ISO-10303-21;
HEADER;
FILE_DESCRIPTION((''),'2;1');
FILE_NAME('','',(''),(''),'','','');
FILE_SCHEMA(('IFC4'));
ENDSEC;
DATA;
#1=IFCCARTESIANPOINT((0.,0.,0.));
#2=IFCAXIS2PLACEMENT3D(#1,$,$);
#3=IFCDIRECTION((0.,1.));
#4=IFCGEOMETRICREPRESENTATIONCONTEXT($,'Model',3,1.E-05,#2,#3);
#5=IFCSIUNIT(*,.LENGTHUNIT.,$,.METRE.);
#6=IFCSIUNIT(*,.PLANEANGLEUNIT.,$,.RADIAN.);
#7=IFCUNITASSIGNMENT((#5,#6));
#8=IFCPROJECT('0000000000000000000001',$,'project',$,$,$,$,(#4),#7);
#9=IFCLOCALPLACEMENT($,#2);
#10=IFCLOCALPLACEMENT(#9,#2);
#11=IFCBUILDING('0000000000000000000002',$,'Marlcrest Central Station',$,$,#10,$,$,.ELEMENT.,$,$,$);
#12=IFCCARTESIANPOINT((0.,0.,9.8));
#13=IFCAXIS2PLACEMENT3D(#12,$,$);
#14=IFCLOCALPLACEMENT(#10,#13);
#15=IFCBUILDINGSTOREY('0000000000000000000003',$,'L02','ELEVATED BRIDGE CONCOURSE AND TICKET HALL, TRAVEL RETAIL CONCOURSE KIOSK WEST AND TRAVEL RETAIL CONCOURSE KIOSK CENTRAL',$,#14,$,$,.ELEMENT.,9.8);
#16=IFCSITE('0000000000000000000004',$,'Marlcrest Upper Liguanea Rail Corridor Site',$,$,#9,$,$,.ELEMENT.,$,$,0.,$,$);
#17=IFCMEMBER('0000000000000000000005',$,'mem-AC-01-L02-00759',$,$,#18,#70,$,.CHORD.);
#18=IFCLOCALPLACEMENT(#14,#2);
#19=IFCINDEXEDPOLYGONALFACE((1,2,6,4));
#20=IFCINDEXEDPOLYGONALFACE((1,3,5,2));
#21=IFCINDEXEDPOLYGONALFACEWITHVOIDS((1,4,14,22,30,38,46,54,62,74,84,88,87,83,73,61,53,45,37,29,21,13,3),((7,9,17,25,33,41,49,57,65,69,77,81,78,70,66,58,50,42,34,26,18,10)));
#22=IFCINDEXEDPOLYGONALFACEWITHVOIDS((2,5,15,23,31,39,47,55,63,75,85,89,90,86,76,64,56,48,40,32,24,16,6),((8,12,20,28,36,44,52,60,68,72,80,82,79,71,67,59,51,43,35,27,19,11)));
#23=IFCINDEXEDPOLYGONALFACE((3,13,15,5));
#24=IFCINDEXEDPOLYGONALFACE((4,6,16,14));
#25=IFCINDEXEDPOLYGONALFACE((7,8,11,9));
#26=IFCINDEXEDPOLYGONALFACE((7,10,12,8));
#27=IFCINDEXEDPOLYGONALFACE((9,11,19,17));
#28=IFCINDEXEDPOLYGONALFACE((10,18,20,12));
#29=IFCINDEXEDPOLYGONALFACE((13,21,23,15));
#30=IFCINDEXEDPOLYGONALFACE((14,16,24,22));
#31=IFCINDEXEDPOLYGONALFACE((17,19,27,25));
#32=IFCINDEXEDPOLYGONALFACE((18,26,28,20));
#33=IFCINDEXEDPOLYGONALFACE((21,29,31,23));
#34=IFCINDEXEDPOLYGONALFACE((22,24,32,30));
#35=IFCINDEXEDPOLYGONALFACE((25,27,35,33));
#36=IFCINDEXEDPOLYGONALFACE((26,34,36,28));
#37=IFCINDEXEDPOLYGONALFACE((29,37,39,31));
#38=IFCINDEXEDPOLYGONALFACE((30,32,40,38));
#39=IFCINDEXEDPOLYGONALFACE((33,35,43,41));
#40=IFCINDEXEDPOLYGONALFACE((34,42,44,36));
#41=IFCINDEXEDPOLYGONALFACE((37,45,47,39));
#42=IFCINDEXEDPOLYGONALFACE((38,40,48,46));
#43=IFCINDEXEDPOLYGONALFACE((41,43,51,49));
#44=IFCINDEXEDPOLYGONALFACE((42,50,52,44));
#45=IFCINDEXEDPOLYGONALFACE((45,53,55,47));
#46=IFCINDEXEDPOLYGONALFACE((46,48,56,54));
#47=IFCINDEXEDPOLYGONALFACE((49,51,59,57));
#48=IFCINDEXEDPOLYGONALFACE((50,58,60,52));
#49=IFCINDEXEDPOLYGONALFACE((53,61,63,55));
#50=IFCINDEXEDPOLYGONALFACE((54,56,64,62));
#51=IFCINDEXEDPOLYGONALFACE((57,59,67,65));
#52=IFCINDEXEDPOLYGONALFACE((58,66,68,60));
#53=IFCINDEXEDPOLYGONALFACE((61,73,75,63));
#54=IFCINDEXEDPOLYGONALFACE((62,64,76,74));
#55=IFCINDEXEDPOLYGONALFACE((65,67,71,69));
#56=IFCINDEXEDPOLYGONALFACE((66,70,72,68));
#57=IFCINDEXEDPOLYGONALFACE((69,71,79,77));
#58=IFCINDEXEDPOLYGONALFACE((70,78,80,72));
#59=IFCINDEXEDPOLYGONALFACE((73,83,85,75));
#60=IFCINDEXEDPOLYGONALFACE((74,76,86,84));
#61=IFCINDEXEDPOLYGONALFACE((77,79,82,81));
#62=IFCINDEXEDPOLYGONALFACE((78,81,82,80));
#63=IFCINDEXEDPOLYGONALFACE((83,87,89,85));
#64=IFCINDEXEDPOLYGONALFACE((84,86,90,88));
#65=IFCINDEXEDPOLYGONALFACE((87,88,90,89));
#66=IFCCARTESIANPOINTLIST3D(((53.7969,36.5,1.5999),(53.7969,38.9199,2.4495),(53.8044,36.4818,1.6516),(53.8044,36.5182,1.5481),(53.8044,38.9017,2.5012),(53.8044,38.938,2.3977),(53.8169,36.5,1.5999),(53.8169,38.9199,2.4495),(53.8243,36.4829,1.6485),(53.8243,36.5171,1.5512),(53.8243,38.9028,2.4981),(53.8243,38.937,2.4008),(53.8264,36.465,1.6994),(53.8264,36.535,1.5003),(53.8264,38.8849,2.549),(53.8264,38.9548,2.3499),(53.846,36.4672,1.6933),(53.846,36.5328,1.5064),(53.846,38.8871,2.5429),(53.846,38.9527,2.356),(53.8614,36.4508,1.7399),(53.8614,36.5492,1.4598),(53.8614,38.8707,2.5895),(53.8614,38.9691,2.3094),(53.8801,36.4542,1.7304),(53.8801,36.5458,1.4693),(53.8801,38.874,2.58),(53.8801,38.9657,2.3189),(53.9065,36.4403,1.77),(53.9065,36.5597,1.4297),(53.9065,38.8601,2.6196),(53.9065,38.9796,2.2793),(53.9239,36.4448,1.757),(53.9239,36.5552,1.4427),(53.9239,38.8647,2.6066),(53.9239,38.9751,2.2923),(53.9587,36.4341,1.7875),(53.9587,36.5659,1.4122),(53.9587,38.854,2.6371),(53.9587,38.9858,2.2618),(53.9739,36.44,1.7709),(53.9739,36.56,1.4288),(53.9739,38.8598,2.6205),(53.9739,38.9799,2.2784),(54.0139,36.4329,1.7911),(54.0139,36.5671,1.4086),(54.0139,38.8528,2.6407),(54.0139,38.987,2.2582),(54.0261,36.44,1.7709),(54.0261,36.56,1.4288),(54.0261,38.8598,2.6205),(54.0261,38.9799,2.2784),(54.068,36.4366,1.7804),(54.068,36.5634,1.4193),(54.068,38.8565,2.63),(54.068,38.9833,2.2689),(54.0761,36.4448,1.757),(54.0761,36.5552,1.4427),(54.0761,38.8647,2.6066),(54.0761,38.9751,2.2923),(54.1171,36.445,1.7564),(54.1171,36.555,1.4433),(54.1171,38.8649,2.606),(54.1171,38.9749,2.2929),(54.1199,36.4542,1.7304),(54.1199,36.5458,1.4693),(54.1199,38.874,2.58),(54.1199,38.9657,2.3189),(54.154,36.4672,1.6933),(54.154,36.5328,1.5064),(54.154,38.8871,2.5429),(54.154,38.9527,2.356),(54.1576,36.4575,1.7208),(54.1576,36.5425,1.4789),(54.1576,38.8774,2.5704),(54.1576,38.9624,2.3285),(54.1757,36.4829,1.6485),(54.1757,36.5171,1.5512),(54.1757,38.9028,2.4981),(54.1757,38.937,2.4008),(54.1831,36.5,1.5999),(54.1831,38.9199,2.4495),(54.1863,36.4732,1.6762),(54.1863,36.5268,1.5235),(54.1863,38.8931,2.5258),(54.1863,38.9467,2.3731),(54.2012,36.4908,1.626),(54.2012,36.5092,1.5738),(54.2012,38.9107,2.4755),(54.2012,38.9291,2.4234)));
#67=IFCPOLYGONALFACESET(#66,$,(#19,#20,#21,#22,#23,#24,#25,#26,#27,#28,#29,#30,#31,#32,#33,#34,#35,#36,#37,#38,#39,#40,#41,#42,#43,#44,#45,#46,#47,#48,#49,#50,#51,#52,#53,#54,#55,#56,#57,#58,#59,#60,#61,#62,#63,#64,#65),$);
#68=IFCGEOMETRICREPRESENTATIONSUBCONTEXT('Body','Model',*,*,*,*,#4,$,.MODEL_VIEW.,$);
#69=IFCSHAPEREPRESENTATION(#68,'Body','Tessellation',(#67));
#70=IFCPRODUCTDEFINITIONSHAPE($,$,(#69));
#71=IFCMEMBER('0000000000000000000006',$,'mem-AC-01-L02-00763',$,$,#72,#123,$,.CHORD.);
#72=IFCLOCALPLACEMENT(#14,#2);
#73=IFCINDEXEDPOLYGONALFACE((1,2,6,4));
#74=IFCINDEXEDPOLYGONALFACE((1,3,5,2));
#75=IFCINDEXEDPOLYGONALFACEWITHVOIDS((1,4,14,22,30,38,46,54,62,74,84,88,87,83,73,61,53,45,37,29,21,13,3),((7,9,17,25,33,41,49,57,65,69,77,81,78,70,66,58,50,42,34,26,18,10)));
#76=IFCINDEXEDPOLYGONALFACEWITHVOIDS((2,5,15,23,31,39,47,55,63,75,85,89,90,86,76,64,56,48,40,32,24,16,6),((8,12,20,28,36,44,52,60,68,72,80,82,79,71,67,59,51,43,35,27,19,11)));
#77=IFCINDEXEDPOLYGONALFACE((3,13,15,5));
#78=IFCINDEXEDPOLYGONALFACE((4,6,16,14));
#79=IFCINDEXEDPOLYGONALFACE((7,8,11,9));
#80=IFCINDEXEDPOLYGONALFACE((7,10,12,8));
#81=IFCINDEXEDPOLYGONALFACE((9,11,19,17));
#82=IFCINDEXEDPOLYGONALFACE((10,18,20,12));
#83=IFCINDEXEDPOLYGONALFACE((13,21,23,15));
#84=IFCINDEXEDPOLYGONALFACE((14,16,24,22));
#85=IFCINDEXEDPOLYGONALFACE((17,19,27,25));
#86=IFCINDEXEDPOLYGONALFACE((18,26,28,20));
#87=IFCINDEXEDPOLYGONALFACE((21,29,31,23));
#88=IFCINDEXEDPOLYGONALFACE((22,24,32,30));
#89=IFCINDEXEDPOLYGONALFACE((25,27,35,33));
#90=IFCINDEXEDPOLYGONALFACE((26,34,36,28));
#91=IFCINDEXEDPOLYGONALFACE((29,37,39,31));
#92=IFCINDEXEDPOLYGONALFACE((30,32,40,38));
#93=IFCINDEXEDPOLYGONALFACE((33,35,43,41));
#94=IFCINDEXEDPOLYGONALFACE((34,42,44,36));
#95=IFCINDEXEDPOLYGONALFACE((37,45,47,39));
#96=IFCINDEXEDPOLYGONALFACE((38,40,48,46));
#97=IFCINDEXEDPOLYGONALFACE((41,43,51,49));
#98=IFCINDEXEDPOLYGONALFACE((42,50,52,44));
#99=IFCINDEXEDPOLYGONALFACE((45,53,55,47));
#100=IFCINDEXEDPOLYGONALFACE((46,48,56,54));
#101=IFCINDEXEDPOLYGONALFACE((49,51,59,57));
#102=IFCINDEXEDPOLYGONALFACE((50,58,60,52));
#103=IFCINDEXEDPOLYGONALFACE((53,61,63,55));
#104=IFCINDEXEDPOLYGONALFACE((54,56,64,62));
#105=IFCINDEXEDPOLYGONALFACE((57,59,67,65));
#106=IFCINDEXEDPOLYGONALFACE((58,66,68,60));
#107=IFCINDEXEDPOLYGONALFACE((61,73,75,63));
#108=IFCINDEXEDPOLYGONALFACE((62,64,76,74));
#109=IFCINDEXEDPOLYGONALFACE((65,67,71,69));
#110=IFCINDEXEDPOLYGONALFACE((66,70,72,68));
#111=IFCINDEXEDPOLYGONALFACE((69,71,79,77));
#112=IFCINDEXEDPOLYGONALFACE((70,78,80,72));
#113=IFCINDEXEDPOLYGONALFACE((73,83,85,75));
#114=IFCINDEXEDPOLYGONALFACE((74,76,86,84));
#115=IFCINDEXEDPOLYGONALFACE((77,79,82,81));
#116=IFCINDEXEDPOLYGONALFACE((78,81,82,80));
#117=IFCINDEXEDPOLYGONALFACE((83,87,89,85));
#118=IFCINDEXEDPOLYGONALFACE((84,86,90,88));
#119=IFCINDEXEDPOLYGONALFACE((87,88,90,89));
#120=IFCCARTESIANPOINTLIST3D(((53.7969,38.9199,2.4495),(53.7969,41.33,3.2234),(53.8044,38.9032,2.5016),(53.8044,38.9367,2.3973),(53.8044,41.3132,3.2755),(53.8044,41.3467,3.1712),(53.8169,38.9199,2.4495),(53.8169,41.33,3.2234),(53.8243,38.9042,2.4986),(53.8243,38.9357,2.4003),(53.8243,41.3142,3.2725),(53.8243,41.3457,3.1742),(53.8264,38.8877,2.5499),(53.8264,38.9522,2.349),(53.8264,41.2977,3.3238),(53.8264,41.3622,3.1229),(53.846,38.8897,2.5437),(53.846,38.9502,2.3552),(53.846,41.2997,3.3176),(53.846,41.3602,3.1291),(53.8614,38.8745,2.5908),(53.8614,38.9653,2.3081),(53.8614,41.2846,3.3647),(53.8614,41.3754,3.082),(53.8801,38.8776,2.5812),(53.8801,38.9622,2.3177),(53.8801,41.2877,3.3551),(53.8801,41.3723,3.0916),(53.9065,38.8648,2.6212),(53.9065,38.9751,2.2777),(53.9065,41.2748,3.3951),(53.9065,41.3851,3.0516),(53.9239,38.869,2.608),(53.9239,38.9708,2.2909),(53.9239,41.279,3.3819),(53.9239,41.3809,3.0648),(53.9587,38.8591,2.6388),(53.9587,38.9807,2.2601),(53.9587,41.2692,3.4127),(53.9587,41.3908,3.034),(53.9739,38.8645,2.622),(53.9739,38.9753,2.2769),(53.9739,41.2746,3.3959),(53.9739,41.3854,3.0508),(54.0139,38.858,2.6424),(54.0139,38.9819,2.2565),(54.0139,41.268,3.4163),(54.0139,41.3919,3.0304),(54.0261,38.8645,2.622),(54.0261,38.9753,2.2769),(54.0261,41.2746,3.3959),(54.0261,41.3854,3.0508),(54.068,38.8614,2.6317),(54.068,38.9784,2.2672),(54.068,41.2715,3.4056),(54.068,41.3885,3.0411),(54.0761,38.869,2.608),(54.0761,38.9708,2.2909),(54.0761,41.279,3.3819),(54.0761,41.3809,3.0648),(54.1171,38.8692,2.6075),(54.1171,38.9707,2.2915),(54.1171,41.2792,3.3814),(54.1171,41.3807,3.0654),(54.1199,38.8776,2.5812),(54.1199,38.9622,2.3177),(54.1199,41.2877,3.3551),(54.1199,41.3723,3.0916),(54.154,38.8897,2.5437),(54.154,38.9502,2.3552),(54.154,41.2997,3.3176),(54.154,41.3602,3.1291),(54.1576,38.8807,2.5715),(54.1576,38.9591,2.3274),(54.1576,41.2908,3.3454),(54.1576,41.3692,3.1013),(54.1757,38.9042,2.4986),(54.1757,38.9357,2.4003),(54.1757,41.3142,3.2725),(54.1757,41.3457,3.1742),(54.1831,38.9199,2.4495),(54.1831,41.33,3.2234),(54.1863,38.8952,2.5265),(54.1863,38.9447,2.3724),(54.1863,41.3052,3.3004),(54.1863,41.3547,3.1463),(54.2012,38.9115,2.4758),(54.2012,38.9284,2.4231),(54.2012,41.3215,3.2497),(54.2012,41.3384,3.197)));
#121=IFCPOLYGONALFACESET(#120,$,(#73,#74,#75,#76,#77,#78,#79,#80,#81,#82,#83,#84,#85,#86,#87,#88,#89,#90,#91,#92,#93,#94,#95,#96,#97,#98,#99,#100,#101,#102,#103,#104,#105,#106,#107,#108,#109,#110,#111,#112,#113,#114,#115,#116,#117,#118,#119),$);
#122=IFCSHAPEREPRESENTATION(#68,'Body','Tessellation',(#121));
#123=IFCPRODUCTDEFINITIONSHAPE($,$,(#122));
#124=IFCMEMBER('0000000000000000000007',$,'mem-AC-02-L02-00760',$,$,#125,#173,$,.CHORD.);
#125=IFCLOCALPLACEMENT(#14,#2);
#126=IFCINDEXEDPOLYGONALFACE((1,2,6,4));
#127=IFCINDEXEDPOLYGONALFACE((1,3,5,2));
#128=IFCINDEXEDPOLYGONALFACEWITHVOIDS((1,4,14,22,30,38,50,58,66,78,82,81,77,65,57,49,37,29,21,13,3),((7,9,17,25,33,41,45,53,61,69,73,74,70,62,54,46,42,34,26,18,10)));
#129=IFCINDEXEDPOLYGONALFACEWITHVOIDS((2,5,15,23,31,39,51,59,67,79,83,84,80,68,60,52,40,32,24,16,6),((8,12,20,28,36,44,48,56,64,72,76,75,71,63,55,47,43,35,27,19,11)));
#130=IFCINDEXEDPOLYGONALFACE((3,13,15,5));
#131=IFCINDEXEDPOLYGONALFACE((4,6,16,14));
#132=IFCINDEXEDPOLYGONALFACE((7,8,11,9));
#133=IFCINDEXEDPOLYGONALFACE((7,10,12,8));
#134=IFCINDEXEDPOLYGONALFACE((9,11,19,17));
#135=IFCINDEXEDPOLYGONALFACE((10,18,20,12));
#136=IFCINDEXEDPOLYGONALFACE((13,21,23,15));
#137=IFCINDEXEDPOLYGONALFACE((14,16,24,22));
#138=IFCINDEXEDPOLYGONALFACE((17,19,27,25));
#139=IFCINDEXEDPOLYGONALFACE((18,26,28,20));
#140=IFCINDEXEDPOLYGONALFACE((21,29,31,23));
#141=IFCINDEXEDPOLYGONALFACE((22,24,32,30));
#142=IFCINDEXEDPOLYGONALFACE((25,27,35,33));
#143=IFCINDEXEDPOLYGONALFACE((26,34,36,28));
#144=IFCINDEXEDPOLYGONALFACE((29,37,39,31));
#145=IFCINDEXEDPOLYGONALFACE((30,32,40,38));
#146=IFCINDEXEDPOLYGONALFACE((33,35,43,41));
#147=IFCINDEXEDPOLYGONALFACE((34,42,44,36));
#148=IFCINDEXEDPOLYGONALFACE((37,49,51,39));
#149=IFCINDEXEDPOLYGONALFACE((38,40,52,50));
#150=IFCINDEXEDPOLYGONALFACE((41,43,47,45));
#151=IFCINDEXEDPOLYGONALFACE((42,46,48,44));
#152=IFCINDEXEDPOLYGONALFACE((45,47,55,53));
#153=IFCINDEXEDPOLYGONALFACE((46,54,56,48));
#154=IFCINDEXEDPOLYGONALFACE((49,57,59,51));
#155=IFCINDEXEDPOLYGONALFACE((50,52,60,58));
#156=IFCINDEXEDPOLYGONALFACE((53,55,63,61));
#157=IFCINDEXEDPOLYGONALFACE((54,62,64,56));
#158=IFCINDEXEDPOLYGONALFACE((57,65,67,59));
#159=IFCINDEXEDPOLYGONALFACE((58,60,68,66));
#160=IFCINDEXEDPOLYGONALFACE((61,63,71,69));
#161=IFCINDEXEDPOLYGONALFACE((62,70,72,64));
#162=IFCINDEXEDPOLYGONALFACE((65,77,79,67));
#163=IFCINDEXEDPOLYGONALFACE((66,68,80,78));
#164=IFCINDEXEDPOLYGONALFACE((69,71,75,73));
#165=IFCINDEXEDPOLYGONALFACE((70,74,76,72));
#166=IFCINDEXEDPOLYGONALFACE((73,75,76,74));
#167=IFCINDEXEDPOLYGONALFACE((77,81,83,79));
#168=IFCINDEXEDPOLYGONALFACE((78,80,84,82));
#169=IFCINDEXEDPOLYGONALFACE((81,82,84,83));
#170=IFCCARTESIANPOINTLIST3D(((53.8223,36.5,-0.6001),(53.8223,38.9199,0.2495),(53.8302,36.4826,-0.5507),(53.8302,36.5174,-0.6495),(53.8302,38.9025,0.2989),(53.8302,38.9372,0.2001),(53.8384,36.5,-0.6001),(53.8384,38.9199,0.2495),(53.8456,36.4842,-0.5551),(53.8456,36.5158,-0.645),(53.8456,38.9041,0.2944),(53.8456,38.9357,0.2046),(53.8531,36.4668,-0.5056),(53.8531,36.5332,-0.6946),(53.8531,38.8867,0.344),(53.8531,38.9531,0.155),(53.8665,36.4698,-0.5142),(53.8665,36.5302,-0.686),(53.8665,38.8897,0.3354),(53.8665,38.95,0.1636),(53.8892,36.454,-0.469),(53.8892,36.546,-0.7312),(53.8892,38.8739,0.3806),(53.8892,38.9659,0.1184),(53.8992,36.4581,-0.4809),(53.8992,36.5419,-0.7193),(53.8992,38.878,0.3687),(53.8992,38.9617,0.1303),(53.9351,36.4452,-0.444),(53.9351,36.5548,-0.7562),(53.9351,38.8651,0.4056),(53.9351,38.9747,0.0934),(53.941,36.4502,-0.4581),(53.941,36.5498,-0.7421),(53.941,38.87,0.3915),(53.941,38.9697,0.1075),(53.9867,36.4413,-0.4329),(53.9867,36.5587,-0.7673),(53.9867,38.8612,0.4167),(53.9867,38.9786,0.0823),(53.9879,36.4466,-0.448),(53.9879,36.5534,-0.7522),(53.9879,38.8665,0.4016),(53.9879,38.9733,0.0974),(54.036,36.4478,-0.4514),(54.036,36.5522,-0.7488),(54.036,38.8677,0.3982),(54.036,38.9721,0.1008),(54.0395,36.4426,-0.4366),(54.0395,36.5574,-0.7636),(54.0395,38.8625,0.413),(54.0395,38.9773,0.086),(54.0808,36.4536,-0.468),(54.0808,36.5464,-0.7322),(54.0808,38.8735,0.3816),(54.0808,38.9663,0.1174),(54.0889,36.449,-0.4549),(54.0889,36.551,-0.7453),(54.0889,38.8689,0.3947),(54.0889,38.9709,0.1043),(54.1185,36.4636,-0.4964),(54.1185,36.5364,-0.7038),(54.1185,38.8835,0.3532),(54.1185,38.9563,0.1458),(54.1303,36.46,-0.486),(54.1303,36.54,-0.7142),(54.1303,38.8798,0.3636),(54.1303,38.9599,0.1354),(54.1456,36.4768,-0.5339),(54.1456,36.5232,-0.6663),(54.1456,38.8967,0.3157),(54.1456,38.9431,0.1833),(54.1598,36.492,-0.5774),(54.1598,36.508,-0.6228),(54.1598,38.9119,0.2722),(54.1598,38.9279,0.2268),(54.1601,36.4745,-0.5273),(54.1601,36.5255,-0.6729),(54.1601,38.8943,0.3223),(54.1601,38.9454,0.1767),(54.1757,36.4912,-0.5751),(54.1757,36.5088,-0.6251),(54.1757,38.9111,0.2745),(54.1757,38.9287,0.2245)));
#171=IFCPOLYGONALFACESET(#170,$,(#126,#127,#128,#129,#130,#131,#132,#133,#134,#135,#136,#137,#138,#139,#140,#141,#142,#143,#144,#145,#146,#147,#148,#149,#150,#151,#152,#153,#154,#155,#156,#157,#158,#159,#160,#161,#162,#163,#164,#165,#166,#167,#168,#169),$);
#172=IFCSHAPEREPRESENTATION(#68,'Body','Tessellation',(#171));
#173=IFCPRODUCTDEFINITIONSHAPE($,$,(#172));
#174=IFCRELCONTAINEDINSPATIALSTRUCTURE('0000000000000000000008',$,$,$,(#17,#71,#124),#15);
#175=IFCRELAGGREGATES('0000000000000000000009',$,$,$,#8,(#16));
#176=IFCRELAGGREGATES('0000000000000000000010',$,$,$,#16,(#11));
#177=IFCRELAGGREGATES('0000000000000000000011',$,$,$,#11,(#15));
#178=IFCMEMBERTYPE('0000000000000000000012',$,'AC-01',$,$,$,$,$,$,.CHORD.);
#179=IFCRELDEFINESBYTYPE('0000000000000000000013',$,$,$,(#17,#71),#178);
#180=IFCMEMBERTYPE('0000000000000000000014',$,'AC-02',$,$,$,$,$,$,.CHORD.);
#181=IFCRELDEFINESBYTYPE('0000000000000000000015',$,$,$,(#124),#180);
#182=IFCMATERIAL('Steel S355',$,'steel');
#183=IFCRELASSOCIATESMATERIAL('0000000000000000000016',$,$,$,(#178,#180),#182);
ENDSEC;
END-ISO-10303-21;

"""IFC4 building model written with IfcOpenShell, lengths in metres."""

from ifc_helpers import new_model, si_unit, direction, frame, origin, origin_2d, place, context, subcontext, project, spatial, hollow_circle, extrude, material, material_profile, profile_set, type_object, element, save


model = new_model("IFC4")

# Units and contexts
model_context = context("Model", 3, precision=1e-05, world=origin(), true_north=direction((0.0, 1.0)))
body_context = subcontext(model_context, "Body", "Model", "MODEL_VIEW")
ifc_project = project(units=[si_unit("LENGTHUNIT", "METRE"), si_unit("PLANEANGLEUNIT", "RADIAN")], contexts=[model_context])

# Site, building, storey
site_placement = place(None, origin())
site = spatial("IfcSite", under=ifc_project, at=site_placement, Name="Marlcrest Upper Liguanea Rail Corridor Site", CompositionType="ELEMENT", RefElevation=0.0)
building_placement = place(site_placement, origin())
building = spatial("IfcBuilding", under=site, at=building_placement, Name="Marlcrest Central Station", CompositionType="ELEMENT")
storey_placement = place(building_placement, frame((0.0, 0.0, 9.8)))
storey = spatial("IfcBuildingStorey", under=building, at=storey_placement, Name="L02", Description="ELEVATED BRIDGE CONCOURSE AND TICKET HALL, TRAVEL RETAIL CONCOURSE KIOSK WEST AND TRAVEL RETAIL CONCOURSE KIOSK CENTRAL", CompositionType="ELEMENT", Elevation=9.8)

# Members
ifc_material_1 = material(Name="Steel S355", Category="steel")
ifc_material_profile_1 = material_profile(ifc_material_1, hollow_circle(Radius=0.2031, WallThickness=0.02, at=origin_2d()), Name="CHS 406.4x20")
ifc_profile_set_1 = profile_set([ifc_material_profile_1], Name="Steel S355")
member_type_1 = type_object("IfcMemberType", Name="AC-01", PredefinedType="CHORD", material=ifc_profile_set_1)
member_1_placement = place(storey_placement, frame((54.0, 36.5, 1.5999), z_axis=(0.0, 0.943537, 0.331266), x_axis=(-1.0, 0.0, 0.0)))
element("IfcMember", 1, at=member_1_placement, inside=storey, type_object=member_type_1, Name="mem-AC-01-L02-00759", PredefinedType="CHORD", context=body_context, shape_type="SweptSolid", body=[
    extrude(hollow_circle(Radius=0.2031, WallThickness=0.02, at=origin_2d()), origin(), (0.0, 0.0, 1.0), 2.5647),
])
member_2_placement = place(storey_placement, frame((54.0, 38.9199, 2.4495), z_axis=(0.0, 0.952117, 0.305734), x_axis=(-1.0, 0.0, 0.0)))
element("IfcMember", 2, at=member_2_placement, inside=storey, type_object=member_type_1, Name="mem-AC-01-L02-00763", PredefinedType="CHORD", context=body_context, shape_type="SweptSolid", body=[
    extrude(hollow_circle(Radius=0.2031, WallThickness=0.02, at=origin_2d()), origin(), (0.0, 0.0, 1.0), 2.5312),
])
ifc_material_profile_2 = material_profile(ifc_material_1, hollow_circle(Radius=0.1777, WallThickness=0.0161, at=origin_2d()), Name="CHS 355.6x16")
ifc_profile_set_2 = profile_set([ifc_material_profile_2], Name="Steel S355")
member_type_2 = type_object("IfcMemberType", Name="AC-02", PredefinedType="CHORD", material=ifc_profile_set_2)
member_3_placement = place(storey_placement, frame((54.0, 36.5, -0.6001), z_axis=(0.0, 0.943537, 0.331266), x_axis=(-1.0, 0.0, 0.0)))
element("IfcMember", 3, at=member_3_placement, inside=storey, type_object=member_type_2, Name="mem-AC-02-L02-00760", PredefinedType="CHORD", context=body_context, shape_type="SweptSolid", body=[
    extrude(hollow_circle(Radius=0.1777, WallThickness=0.0161, at=origin_2d()), origin(), (0.0, 0.0, 1.0), 2.5647),
])

save(model, "model.ifc")
